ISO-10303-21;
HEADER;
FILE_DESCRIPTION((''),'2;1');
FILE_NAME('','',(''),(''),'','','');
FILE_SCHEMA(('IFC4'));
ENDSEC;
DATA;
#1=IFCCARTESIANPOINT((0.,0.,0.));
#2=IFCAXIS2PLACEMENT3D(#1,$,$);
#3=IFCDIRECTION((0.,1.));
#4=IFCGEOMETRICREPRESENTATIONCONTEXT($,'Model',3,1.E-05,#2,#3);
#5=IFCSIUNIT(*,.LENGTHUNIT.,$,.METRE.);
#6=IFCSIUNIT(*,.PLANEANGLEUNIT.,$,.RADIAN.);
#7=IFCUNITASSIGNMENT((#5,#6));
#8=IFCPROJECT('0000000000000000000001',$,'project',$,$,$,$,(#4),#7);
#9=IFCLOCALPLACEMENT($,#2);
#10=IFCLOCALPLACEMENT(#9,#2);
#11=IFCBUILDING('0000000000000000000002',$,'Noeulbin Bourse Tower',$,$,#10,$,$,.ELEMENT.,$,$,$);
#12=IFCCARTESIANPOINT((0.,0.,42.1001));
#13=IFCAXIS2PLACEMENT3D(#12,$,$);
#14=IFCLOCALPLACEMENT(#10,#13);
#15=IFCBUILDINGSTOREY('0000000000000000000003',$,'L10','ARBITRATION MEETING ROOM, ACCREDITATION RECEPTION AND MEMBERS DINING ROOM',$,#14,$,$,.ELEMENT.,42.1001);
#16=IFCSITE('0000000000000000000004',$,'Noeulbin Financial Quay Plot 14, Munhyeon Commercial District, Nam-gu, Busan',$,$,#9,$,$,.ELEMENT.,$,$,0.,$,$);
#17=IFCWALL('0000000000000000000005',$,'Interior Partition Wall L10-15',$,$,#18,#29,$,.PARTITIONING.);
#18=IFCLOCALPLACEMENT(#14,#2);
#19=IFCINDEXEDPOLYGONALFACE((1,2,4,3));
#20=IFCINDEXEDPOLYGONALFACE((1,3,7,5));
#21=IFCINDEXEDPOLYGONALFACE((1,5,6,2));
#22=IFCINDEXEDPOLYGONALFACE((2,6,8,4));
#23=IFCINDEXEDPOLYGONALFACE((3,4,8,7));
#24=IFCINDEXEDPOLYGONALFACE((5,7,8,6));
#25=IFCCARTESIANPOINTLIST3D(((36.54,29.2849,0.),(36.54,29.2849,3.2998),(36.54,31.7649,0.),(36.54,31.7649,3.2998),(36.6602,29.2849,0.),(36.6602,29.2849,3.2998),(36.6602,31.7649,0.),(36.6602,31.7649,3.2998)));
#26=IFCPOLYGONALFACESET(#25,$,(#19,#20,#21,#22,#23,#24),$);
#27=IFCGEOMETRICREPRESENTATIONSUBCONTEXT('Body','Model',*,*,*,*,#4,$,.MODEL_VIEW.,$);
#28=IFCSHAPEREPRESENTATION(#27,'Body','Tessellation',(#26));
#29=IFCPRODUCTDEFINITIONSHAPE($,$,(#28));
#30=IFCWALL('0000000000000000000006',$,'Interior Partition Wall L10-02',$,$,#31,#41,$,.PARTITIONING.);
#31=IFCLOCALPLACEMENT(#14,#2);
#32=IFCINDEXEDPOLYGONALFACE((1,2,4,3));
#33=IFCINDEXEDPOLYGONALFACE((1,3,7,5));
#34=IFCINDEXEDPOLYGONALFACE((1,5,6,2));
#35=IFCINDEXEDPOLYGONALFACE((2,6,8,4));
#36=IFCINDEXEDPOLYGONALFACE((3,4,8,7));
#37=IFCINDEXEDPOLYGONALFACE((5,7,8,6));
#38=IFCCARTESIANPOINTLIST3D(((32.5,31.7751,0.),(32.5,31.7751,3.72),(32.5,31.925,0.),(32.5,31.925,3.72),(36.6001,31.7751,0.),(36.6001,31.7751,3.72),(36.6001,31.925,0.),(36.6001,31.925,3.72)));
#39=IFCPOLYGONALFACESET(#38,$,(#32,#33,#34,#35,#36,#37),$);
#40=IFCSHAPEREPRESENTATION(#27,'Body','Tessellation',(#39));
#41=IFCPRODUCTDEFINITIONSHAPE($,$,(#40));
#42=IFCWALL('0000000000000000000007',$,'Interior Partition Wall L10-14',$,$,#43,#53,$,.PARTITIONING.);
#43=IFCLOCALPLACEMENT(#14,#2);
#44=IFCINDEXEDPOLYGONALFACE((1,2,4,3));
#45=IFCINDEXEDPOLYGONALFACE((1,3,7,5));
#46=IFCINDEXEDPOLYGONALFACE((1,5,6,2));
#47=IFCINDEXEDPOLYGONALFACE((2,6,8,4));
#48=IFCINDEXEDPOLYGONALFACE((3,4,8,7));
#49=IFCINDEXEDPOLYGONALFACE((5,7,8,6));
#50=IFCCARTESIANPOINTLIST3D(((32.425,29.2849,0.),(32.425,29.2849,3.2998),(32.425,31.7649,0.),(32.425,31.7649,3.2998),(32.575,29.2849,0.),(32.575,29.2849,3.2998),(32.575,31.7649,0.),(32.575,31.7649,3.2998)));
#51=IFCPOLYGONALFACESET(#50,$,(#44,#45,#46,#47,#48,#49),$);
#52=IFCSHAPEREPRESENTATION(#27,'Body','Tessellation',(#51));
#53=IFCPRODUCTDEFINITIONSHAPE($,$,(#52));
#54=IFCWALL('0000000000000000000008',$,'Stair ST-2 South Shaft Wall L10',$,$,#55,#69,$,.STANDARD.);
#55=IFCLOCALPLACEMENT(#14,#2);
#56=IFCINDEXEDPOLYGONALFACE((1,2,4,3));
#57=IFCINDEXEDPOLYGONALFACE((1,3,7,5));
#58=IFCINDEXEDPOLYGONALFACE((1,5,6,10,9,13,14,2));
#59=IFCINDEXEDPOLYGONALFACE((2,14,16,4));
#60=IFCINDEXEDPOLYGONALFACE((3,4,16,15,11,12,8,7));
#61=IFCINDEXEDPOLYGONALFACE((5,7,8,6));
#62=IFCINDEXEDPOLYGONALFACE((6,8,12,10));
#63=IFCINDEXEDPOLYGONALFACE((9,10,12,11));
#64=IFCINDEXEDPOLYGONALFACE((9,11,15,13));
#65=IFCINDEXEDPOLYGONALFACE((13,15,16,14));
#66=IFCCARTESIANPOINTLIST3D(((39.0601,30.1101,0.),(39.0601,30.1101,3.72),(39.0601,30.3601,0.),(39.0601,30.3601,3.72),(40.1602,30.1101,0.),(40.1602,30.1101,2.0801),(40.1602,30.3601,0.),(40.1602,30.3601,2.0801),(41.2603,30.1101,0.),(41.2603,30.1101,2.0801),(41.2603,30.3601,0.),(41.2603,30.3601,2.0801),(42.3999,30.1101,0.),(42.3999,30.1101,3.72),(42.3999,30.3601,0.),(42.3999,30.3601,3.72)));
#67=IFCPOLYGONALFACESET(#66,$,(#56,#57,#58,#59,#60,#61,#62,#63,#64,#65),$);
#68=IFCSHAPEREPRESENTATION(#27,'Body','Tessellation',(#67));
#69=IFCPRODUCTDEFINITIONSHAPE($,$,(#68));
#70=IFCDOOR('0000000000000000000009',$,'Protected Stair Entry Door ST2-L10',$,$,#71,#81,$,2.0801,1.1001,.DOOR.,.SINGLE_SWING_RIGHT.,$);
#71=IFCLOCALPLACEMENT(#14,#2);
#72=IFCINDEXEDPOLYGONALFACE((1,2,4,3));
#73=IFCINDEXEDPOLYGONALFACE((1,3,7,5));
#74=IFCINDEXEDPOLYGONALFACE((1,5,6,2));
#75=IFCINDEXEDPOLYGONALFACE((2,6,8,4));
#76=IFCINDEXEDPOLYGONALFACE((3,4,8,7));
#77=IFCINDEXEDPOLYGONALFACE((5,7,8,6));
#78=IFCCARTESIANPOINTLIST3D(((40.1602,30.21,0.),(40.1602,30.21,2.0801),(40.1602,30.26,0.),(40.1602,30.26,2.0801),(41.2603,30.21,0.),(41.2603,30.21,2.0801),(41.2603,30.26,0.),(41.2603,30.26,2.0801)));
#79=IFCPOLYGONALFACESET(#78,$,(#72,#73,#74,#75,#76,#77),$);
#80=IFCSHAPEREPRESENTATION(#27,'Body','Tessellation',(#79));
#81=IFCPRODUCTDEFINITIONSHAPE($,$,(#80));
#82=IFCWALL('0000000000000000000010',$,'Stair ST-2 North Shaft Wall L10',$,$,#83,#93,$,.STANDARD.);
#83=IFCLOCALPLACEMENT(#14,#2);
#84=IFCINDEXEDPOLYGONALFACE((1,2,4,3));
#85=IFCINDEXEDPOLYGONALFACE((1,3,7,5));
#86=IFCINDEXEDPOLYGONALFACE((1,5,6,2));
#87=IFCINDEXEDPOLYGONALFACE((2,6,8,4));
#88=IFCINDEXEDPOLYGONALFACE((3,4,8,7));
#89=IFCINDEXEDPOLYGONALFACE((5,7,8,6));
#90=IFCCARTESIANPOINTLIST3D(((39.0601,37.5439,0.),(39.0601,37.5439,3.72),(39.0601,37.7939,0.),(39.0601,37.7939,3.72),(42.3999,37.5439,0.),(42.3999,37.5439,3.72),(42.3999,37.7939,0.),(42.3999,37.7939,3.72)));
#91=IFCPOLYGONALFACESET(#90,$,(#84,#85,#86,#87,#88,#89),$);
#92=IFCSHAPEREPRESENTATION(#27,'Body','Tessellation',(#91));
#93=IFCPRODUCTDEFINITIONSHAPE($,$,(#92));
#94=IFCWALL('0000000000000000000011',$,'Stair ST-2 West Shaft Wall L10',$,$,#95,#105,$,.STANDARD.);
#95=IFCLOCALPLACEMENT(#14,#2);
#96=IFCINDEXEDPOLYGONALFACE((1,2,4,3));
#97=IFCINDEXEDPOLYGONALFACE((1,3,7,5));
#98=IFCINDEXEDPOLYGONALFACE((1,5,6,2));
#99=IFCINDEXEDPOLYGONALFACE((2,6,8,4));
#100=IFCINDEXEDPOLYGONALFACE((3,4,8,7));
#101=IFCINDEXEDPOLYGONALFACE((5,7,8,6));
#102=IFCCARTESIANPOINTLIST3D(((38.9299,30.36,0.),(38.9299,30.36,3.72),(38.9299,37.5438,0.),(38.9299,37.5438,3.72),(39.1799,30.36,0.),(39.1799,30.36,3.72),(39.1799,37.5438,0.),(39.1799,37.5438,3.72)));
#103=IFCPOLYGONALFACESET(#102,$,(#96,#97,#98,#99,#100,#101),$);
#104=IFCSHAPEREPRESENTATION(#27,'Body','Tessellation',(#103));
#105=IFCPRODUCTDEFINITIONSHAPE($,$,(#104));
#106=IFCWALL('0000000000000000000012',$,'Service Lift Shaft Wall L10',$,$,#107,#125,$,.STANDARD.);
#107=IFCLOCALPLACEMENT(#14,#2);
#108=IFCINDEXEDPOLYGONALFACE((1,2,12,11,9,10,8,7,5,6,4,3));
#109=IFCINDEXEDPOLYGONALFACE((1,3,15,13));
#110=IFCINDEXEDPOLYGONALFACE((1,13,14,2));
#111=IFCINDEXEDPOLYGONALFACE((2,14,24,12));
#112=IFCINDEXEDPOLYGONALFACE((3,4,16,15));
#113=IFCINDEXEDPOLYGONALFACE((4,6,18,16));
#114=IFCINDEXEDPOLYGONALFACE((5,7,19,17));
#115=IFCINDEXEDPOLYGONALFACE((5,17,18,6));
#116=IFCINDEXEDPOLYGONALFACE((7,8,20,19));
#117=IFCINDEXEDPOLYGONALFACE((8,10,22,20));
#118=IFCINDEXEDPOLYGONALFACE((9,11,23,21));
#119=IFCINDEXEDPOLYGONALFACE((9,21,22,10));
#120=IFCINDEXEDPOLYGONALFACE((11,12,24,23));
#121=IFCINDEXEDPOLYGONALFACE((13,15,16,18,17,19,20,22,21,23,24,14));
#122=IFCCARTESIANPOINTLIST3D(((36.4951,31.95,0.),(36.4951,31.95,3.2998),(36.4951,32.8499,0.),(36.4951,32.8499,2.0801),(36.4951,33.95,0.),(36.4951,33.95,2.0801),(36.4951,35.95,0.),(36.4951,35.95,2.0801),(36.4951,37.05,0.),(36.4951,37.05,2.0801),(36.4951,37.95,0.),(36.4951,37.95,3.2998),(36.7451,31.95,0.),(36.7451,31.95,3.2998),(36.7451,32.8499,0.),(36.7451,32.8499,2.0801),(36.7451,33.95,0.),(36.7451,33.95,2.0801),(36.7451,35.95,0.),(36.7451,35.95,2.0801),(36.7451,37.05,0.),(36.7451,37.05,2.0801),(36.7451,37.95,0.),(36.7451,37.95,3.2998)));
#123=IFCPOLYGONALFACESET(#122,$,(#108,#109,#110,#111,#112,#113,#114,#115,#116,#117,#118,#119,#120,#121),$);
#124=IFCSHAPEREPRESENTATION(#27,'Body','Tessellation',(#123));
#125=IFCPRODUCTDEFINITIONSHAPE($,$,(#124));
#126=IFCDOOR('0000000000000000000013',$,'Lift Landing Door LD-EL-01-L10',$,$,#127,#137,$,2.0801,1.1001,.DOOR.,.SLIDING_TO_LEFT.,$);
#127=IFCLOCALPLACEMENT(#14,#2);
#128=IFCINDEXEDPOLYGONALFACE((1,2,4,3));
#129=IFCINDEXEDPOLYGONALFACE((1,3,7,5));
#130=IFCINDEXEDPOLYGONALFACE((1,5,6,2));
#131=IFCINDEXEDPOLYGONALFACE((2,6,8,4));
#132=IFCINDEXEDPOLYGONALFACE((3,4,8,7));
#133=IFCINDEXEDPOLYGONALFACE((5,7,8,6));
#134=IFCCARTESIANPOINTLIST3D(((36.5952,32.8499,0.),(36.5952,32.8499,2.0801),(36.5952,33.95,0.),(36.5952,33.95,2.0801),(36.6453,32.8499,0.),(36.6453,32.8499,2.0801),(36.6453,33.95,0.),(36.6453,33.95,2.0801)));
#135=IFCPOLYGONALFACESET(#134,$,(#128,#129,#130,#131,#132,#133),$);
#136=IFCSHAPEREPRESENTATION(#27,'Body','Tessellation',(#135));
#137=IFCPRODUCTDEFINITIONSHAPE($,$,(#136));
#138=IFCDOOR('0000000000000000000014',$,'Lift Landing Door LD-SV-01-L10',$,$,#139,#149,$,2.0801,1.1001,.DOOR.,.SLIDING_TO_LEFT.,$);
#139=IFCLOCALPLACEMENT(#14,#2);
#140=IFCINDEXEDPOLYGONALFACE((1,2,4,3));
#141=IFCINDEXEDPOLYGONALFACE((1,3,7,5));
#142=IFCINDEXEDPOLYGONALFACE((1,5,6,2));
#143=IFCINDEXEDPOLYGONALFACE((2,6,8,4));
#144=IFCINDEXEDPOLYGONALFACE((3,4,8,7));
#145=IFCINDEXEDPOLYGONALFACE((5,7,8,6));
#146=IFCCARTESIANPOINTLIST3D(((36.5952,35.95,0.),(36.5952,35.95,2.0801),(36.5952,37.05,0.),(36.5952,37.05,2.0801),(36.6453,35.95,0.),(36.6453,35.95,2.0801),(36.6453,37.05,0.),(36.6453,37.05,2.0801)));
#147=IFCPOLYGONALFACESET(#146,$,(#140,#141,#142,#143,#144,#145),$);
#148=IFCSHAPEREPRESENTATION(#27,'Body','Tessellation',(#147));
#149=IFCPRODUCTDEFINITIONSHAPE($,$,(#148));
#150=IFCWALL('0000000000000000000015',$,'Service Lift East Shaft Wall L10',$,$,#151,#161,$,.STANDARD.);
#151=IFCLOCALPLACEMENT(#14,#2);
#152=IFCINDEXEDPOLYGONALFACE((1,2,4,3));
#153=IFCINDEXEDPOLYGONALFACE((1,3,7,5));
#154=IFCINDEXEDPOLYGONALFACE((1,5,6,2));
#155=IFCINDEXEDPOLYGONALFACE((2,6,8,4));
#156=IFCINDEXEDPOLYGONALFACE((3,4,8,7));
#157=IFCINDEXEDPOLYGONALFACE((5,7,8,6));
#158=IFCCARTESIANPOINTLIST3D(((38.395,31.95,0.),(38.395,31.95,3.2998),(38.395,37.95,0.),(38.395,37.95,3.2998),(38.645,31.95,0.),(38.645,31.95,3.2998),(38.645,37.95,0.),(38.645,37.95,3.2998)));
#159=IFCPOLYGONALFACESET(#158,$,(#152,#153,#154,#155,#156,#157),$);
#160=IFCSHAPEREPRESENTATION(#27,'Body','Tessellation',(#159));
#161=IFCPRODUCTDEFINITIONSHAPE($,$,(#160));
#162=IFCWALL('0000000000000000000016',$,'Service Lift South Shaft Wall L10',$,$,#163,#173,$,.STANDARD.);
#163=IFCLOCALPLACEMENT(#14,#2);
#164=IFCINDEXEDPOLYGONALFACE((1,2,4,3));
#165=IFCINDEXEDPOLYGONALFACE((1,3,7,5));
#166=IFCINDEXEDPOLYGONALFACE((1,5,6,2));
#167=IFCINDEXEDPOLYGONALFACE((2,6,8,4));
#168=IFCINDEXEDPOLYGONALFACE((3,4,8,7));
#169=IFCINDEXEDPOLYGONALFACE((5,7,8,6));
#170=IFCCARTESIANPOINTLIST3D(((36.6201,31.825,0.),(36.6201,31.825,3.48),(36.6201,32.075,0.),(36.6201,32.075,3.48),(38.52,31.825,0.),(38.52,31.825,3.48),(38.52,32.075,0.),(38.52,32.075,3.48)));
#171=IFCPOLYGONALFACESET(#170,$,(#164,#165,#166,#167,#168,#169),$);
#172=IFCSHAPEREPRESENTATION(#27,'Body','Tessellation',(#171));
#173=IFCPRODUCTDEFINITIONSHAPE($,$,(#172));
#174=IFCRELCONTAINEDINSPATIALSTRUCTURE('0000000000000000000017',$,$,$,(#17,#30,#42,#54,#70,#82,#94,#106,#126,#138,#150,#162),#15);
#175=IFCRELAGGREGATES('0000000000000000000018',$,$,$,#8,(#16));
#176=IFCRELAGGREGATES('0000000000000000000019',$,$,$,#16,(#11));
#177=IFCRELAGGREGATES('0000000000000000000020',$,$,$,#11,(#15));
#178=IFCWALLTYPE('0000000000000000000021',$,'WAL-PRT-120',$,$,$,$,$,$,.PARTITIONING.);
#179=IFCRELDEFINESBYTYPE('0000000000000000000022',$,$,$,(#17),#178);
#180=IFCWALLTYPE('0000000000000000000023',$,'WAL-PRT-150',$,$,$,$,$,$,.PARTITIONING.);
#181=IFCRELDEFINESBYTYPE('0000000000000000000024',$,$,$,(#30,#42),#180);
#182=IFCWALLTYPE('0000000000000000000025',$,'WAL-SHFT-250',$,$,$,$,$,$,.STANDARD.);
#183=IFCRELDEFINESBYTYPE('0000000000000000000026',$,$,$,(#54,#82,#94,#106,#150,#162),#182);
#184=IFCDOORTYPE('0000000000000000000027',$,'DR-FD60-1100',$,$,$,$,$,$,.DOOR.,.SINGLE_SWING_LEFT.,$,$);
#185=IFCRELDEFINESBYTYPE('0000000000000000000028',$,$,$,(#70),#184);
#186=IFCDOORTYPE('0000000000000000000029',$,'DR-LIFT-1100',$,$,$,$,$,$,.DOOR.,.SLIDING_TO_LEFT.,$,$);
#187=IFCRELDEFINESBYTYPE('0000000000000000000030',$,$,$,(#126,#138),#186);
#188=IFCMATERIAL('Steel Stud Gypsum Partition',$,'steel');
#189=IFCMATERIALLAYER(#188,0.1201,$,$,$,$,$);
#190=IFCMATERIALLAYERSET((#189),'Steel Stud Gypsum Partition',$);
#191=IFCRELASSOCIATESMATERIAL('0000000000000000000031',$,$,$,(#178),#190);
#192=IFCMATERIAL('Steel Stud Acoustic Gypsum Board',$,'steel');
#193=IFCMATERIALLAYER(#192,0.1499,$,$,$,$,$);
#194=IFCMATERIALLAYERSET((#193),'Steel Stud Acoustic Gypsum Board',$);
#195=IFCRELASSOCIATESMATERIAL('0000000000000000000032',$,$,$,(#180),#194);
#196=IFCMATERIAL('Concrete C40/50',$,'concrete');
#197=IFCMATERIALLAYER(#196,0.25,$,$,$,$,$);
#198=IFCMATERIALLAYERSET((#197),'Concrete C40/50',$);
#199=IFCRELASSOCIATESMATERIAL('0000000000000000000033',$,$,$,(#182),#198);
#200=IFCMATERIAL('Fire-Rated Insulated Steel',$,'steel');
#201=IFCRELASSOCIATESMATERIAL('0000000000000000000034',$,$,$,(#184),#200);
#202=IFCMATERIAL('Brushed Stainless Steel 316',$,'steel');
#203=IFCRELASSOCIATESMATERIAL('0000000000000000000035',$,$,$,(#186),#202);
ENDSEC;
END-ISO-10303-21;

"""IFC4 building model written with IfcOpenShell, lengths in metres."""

from ifc_helpers import new_model, si_unit, direction, frame, frame_2d, origin, place, context, subcontext, project, spatial, rectangle, extrude, material, layer, layer_set, type_object, element, fill, save


model = new_model("IFC4")

# Units and contexts
model_context = context("Model", 3, precision=1e-05, world=origin(), true_north=direction((0.0, 1.0)))
body_context = subcontext(model_context, "Body", "Model", "MODEL_VIEW")
ifc_project = project(units=[si_unit("LENGTHUNIT", "METRE"), si_unit("PLANEANGLEUNIT", "RADIAN")], contexts=[model_context])

# Site, building, storey
site_placement = place(None, origin())
site = spatial("IfcSite", under=ifc_project, at=site_placement, Name="Noeulbin Financial Quay Plot 14, Munhyeon Commercial District, Nam-gu, Busan", CompositionType="ELEMENT", RefElevation=0.0)
building_placement = place(site_placement, origin())
building = spatial("IfcBuilding", under=site, at=building_placement, Name="Noeulbin Bourse Tower", CompositionType="ELEMENT")
storey_placement = place(building_placement, frame((0.0, 0.0, 42.1001)))
storey = spatial("IfcBuildingStorey", under=building, at=storey_placement, Name="L10", Description="ARBITRATION MEETING ROOM, ACCREDITATION RECEPTION AND MEMBERS DINING ROOM", CompositionType="ELEMENT", Elevation=42.1001)

# Walls
ifc_material_1 = material(Name="Concrete C40/50", Category="concrete")
ifc_material_2 = material(Name="Steel Stud Gypsum Partition", Category="steel")
ifc_layer_1 = layer(ifc_material_2, 0.1201)
ifc_layer_set_1 = layer_set([ifc_layer_1], Name="Steel Stud Gypsum Partition")
wall_type_1 = type_object("IfcWallType", Name="WAL-PRT-120", PredefinedType="PARTITIONING", material=ifc_layer_set_1)
wall_1_placement = place(storey_placement, frame((36.6001, 29.2849, 0.0), z_axis=(0.0, 0.0, 1.0), x_axis=(0.0, 1.0, 0.0)))
element("IfcWall", 1, at=wall_1_placement, inside=storey, type_object=wall_type_1, Name="Interior Partition Wall L10-15", PredefinedType="PARTITIONING", context=body_context, shape_type="SweptSolid", body=[
    extrude(rectangle(XDim=2.48, YDim=0.1201, at=frame_2d((1.24, 0.0))), origin(), (0.0, 0.0, 1.0), 3.2998),
])
ifc_material_3 = material(Name="Steel Stud Acoustic Gypsum Board", Category="steel")
ifc_layer_2 = layer(ifc_material_3, 0.1499)
ifc_layer_set_2 = layer_set([ifc_layer_2], Name="Steel Stud Acoustic Gypsum Board")
wall_type_2 = type_object("IfcWallType", Name="WAL-PRT-150", PredefinedType="PARTITIONING", material=ifc_layer_set_2)
wall_2_placement = place(storey_placement, frame((32.5, 31.8501, 0.0), z_axis=(0.0, 0.0, 1.0), x_axis=(1.0, 0.0, 0.0)))
element("IfcWall", 2, at=wall_2_placement, inside=storey, type_object=wall_type_2, Name="Interior Partition Wall L10-02", PredefinedType="PARTITIONING", context=body_context, shape_type="SweptSolid", body=[
    extrude(rectangle(XDim=4.1001, YDim=0.1499, at=frame_2d((2.05, 0.0))), origin(), (0.0, 0.0, 1.0), 3.72),
])
wall_3_placement = place(storey_placement, frame((32.5, 29.2849, 0.0), z_axis=(0.0, 0.0, 1.0), x_axis=(0.0, 1.0, 0.0)))
element("IfcWall", 3, at=wall_3_placement, inside=storey, type_object=wall_type_2, Name="Interior Partition Wall L10-14", PredefinedType="PARTITIONING", context=body_context, shape_type="SweptSolid", body=[
    extrude(rectangle(XDim=2.48, YDim=0.1499, at=frame_2d((1.24, 0.0))), origin(), (0.0, 0.0, 1.0), 3.2998),
])

# Wall, opening, door
ifc_layer_3 = layer(ifc_material_1, 0.25)
ifc_layer_set_3 = layer_set([ifc_layer_3], Name="Concrete C40/50")
wall_type_3 = type_object("IfcWallType", Name="WAL-SHFT-250", PredefinedType="STANDARD", material=ifc_layer_set_3)
wall_4_placement = place(storey_placement, frame((39.0601, 30.2351, 0.0), z_axis=(0.0, 0.0, 1.0), x_axis=(1.0, 0.0, 0.0)))
wall_4 = element("IfcWall", 4, at=wall_4_placement, inside=storey, type_object=wall_type_3, Name="Stair ST-2 South Shaft Wall L10", PredefinedType="STANDARD", context=body_context, shape_type="SweptSolid", body=[
    extrude(rectangle(XDim=3.3398, YDim=0.25, at=frame_2d((1.6699, 0.0))), origin(), (0.0, 0.0, 1.0), 3.72),
])
opening_1_placement = place(wall_4_placement, frame((1.1001, 0.0, 0.0)))
opening_1 = element("IfcOpeningElement", 5, at=opening_1_placement, cuts=wall_4, PredefinedType="OPENING", context=body_context, shape_type="SweptSolid", body=[
    extrude(rectangle(XDim=1.1001, YDim=2.0801, at=frame_2d((0.55, 1.04))), frame((0.0, 0.135, 0.0), z_axis=(0.0, -1.0, 0.0), x_axis=(1.0, 0.0, 0.0)), (0.0, 0.0, 1.0), 0.27),
])
ifc_material_4 = material(Name="Fire-Rated Insulated Steel", Category="steel")
door_type_1 = type_object("IfcDoorType", Name="DR-FD60-1100", OperationType="SINGLE_SWING_LEFT", PredefinedType="DOOR", material=ifc_material_4)
door_1_placement = place(opening_1_placement, origin())
door_1 = element("IfcDoor", 6, at=door_1_placement, inside=storey, type_object=door_type_1, Name="Protected Stair Entry Door ST2-L10", OperationType="SINGLE_SWING_RIGHT", OverallHeight=2.0801, OverallWidth=1.1001, PredefinedType="DOOR", context=body_context, shape_type="SweptSolid", body=[
    extrude(rectangle(XDim=1.1001, YDim=2.0801, at=frame_2d((0.55, 1.04))), frame((0.0, 0.0249, 0.0), z_axis=(0.0, -1.0, 0.0), x_axis=(1.0, 0.0, 0.0)), (0.0, 0.0, 1.0), 0.05),
])
fill(opening_1, door_1)

# Walls
wall_5_placement = place(storey_placement, frame((39.0601, 37.6689, 0.0), z_axis=(0.0, 0.0, 1.0), x_axis=(1.0, 0.0, 0.0)))
element("IfcWall", 7, at=wall_5_placement, inside=storey, type_object=wall_type_3, Name="Stair ST-2 North Shaft Wall L10", PredefinedType="STANDARD", context=body_context, shape_type="SweptSolid", body=[
    extrude(rectangle(XDim=3.3398, YDim=0.25, at=frame_2d((1.6699, 0.0))), origin(), (0.0, 0.0, 1.0), 3.72),
])
wall_6_placement = place(storey_placement, frame((39.0549, 30.3601, 0.0), z_axis=(0.0, 0.0, 1.0), x_axis=(0.0, 1.0, 0.0)))
element("IfcWall", 8, at=wall_6_placement, inside=storey, type_object=wall_type_3, Name="Stair ST-2 West Shaft Wall L10", PredefinedType="STANDARD", context=body_context, shape_type="SweptSolid", body=[
    extrude(rectangle(XDim=7.1838, YDim=0.25, at=frame_2d((3.5918, 0.0))), origin(), (0.0, 0.0, 1.0), 3.72),
])

# Wall, openings, doors
wall_7_placement = place(storey_placement, frame((36.6201, 31.95, 0.0), z_axis=(0.0, 0.0, 1.0), x_axis=(0.0, 1.0, 0.0)))
wall_7 = element("IfcWall", 9, at=wall_7_placement, inside=storey, type_object=wall_type_3, Name="Service Lift Shaft Wall L10", PredefinedType="STANDARD", context=body_context, shape_type="SweptSolid", body=[
    extrude(rectangle(XDim=6.0, YDim=0.25, at=frame_2d((3.0, 0.0))), origin(), (0.0, 0.0, 1.0), 3.2998),
])
opening_2_placement = place(wall_7_placement, frame((0.8999, 0.0, 0.0)))
opening_2 = element("IfcOpeningElement", 10, at=opening_2_placement, cuts=wall_7, PredefinedType="OPENING", context=body_context, shape_type="SweptSolid", body=[
    extrude(rectangle(XDim=1.1001, YDim=2.0801, at=frame_2d((0.55, 1.04))), frame((0.0, 0.135, 0.0), z_axis=(0.0, -1.0, 0.0), x_axis=(1.0, 0.0, 0.0)), (0.0, 0.0, 1.0), 0.27),
])
opening_3_placement = place(wall_7_placement, frame((4.0, 0.0, 0.0)))
opening_3 = element("IfcOpeningElement", 11, at=opening_3_placement, cuts=wall_7, PredefinedType="OPENING", context=body_context, shape_type="SweptSolid", body=[
    extrude(rectangle(XDim=1.1001, YDim=2.0801, at=frame_2d((0.55, 1.04))), frame((0.0, 0.135, 0.0), z_axis=(0.0, -1.0, 0.0), x_axis=(1.0, 0.0, 0.0)), (0.0, 0.0, 1.0), 0.27),
])
ifc_material_5 = material(Name="Brushed Stainless Steel 316", Category="steel")
door_type_2 = type_object("IfcDoorType", Name="DR-LIFT-1100", OperationType="SLIDING_TO_LEFT", PredefinedType="DOOR", material=ifc_material_5)
door_2_placement = place(opening_2_placement, origin())
door_2 = element("IfcDoor", 12, at=door_2_placement, inside=storey, type_object=door_type_2, Name="Lift Landing Door LD-EL-01-L10", OperationType="SLIDING_TO_LEFT", OverallHeight=2.0801, OverallWidth=1.1001, PredefinedType="DOOR", context=body_context, shape_type="SweptSolid", body=[
    extrude(rectangle(XDim=1.1001, YDim=2.0801, at=frame_2d((0.55, 1.04))), frame((0.0, 0.0249, 0.0), z_axis=(0.0, -1.0, 0.0), x_axis=(1.0, 0.0, 0.0)), (0.0, 0.0, 1.0), 0.05),
])
fill(opening_2, door_2)
door_3_placement = place(opening_3_placement, origin())
door_3 = element("IfcDoor", 13, at=door_3_placement, inside=storey, type_object=door_type_2, Name="Lift Landing Door LD-SV-01-L10", OperationType="SLIDING_TO_LEFT", OverallHeight=2.0801, OverallWidth=1.1001, PredefinedType="DOOR", context=body_context, shape_type="SweptSolid", body=[
    extrude(rectangle(XDim=1.1001, YDim=2.0801, at=frame_2d((0.55, 1.04))), frame((0.0, 0.0249, 0.0), z_axis=(0.0, -1.0, 0.0), x_axis=(1.0, 0.0, 0.0)), (0.0, 0.0, 1.0), 0.05),
])
fill(opening_3, door_3)

# Walls
wall_8_placement = place(storey_placement, frame((38.52, 31.95, 0.0), z_axis=(0.0, 0.0, 1.0), x_axis=(0.0, 1.0, 0.0)))
element("IfcWall", 14, at=wall_8_placement, inside=storey, type_object=wall_type_3, Name="Service Lift East Shaft Wall L10", PredefinedType="STANDARD", context=body_context, shape_type="SweptSolid", body=[
    extrude(rectangle(XDim=6.0, YDim=0.25, at=frame_2d((3.0, 0.0))), origin(), (0.0, 0.0, 1.0), 3.2998),
])
wall_9_placement = place(storey_placement, frame((36.6201, 31.95, 0.0), z_axis=(0.0, 0.0, 1.0), x_axis=(1.0, 0.0, 0.0)))
element("IfcWall", 15, at=wall_9_placement, inside=storey, type_object=wall_type_3, Name="Service Lift South Shaft Wall L10", PredefinedType="STANDARD", context=body_context, shape_type="SweptSolid", body=[
    extrude(rectangle(XDim=1.8999, YDim=0.25, at=frame_2d((0.95, 0.0))), origin(), (0.0, 0.0, 1.0), 3.48),
])

save(model, "model.ifc")
